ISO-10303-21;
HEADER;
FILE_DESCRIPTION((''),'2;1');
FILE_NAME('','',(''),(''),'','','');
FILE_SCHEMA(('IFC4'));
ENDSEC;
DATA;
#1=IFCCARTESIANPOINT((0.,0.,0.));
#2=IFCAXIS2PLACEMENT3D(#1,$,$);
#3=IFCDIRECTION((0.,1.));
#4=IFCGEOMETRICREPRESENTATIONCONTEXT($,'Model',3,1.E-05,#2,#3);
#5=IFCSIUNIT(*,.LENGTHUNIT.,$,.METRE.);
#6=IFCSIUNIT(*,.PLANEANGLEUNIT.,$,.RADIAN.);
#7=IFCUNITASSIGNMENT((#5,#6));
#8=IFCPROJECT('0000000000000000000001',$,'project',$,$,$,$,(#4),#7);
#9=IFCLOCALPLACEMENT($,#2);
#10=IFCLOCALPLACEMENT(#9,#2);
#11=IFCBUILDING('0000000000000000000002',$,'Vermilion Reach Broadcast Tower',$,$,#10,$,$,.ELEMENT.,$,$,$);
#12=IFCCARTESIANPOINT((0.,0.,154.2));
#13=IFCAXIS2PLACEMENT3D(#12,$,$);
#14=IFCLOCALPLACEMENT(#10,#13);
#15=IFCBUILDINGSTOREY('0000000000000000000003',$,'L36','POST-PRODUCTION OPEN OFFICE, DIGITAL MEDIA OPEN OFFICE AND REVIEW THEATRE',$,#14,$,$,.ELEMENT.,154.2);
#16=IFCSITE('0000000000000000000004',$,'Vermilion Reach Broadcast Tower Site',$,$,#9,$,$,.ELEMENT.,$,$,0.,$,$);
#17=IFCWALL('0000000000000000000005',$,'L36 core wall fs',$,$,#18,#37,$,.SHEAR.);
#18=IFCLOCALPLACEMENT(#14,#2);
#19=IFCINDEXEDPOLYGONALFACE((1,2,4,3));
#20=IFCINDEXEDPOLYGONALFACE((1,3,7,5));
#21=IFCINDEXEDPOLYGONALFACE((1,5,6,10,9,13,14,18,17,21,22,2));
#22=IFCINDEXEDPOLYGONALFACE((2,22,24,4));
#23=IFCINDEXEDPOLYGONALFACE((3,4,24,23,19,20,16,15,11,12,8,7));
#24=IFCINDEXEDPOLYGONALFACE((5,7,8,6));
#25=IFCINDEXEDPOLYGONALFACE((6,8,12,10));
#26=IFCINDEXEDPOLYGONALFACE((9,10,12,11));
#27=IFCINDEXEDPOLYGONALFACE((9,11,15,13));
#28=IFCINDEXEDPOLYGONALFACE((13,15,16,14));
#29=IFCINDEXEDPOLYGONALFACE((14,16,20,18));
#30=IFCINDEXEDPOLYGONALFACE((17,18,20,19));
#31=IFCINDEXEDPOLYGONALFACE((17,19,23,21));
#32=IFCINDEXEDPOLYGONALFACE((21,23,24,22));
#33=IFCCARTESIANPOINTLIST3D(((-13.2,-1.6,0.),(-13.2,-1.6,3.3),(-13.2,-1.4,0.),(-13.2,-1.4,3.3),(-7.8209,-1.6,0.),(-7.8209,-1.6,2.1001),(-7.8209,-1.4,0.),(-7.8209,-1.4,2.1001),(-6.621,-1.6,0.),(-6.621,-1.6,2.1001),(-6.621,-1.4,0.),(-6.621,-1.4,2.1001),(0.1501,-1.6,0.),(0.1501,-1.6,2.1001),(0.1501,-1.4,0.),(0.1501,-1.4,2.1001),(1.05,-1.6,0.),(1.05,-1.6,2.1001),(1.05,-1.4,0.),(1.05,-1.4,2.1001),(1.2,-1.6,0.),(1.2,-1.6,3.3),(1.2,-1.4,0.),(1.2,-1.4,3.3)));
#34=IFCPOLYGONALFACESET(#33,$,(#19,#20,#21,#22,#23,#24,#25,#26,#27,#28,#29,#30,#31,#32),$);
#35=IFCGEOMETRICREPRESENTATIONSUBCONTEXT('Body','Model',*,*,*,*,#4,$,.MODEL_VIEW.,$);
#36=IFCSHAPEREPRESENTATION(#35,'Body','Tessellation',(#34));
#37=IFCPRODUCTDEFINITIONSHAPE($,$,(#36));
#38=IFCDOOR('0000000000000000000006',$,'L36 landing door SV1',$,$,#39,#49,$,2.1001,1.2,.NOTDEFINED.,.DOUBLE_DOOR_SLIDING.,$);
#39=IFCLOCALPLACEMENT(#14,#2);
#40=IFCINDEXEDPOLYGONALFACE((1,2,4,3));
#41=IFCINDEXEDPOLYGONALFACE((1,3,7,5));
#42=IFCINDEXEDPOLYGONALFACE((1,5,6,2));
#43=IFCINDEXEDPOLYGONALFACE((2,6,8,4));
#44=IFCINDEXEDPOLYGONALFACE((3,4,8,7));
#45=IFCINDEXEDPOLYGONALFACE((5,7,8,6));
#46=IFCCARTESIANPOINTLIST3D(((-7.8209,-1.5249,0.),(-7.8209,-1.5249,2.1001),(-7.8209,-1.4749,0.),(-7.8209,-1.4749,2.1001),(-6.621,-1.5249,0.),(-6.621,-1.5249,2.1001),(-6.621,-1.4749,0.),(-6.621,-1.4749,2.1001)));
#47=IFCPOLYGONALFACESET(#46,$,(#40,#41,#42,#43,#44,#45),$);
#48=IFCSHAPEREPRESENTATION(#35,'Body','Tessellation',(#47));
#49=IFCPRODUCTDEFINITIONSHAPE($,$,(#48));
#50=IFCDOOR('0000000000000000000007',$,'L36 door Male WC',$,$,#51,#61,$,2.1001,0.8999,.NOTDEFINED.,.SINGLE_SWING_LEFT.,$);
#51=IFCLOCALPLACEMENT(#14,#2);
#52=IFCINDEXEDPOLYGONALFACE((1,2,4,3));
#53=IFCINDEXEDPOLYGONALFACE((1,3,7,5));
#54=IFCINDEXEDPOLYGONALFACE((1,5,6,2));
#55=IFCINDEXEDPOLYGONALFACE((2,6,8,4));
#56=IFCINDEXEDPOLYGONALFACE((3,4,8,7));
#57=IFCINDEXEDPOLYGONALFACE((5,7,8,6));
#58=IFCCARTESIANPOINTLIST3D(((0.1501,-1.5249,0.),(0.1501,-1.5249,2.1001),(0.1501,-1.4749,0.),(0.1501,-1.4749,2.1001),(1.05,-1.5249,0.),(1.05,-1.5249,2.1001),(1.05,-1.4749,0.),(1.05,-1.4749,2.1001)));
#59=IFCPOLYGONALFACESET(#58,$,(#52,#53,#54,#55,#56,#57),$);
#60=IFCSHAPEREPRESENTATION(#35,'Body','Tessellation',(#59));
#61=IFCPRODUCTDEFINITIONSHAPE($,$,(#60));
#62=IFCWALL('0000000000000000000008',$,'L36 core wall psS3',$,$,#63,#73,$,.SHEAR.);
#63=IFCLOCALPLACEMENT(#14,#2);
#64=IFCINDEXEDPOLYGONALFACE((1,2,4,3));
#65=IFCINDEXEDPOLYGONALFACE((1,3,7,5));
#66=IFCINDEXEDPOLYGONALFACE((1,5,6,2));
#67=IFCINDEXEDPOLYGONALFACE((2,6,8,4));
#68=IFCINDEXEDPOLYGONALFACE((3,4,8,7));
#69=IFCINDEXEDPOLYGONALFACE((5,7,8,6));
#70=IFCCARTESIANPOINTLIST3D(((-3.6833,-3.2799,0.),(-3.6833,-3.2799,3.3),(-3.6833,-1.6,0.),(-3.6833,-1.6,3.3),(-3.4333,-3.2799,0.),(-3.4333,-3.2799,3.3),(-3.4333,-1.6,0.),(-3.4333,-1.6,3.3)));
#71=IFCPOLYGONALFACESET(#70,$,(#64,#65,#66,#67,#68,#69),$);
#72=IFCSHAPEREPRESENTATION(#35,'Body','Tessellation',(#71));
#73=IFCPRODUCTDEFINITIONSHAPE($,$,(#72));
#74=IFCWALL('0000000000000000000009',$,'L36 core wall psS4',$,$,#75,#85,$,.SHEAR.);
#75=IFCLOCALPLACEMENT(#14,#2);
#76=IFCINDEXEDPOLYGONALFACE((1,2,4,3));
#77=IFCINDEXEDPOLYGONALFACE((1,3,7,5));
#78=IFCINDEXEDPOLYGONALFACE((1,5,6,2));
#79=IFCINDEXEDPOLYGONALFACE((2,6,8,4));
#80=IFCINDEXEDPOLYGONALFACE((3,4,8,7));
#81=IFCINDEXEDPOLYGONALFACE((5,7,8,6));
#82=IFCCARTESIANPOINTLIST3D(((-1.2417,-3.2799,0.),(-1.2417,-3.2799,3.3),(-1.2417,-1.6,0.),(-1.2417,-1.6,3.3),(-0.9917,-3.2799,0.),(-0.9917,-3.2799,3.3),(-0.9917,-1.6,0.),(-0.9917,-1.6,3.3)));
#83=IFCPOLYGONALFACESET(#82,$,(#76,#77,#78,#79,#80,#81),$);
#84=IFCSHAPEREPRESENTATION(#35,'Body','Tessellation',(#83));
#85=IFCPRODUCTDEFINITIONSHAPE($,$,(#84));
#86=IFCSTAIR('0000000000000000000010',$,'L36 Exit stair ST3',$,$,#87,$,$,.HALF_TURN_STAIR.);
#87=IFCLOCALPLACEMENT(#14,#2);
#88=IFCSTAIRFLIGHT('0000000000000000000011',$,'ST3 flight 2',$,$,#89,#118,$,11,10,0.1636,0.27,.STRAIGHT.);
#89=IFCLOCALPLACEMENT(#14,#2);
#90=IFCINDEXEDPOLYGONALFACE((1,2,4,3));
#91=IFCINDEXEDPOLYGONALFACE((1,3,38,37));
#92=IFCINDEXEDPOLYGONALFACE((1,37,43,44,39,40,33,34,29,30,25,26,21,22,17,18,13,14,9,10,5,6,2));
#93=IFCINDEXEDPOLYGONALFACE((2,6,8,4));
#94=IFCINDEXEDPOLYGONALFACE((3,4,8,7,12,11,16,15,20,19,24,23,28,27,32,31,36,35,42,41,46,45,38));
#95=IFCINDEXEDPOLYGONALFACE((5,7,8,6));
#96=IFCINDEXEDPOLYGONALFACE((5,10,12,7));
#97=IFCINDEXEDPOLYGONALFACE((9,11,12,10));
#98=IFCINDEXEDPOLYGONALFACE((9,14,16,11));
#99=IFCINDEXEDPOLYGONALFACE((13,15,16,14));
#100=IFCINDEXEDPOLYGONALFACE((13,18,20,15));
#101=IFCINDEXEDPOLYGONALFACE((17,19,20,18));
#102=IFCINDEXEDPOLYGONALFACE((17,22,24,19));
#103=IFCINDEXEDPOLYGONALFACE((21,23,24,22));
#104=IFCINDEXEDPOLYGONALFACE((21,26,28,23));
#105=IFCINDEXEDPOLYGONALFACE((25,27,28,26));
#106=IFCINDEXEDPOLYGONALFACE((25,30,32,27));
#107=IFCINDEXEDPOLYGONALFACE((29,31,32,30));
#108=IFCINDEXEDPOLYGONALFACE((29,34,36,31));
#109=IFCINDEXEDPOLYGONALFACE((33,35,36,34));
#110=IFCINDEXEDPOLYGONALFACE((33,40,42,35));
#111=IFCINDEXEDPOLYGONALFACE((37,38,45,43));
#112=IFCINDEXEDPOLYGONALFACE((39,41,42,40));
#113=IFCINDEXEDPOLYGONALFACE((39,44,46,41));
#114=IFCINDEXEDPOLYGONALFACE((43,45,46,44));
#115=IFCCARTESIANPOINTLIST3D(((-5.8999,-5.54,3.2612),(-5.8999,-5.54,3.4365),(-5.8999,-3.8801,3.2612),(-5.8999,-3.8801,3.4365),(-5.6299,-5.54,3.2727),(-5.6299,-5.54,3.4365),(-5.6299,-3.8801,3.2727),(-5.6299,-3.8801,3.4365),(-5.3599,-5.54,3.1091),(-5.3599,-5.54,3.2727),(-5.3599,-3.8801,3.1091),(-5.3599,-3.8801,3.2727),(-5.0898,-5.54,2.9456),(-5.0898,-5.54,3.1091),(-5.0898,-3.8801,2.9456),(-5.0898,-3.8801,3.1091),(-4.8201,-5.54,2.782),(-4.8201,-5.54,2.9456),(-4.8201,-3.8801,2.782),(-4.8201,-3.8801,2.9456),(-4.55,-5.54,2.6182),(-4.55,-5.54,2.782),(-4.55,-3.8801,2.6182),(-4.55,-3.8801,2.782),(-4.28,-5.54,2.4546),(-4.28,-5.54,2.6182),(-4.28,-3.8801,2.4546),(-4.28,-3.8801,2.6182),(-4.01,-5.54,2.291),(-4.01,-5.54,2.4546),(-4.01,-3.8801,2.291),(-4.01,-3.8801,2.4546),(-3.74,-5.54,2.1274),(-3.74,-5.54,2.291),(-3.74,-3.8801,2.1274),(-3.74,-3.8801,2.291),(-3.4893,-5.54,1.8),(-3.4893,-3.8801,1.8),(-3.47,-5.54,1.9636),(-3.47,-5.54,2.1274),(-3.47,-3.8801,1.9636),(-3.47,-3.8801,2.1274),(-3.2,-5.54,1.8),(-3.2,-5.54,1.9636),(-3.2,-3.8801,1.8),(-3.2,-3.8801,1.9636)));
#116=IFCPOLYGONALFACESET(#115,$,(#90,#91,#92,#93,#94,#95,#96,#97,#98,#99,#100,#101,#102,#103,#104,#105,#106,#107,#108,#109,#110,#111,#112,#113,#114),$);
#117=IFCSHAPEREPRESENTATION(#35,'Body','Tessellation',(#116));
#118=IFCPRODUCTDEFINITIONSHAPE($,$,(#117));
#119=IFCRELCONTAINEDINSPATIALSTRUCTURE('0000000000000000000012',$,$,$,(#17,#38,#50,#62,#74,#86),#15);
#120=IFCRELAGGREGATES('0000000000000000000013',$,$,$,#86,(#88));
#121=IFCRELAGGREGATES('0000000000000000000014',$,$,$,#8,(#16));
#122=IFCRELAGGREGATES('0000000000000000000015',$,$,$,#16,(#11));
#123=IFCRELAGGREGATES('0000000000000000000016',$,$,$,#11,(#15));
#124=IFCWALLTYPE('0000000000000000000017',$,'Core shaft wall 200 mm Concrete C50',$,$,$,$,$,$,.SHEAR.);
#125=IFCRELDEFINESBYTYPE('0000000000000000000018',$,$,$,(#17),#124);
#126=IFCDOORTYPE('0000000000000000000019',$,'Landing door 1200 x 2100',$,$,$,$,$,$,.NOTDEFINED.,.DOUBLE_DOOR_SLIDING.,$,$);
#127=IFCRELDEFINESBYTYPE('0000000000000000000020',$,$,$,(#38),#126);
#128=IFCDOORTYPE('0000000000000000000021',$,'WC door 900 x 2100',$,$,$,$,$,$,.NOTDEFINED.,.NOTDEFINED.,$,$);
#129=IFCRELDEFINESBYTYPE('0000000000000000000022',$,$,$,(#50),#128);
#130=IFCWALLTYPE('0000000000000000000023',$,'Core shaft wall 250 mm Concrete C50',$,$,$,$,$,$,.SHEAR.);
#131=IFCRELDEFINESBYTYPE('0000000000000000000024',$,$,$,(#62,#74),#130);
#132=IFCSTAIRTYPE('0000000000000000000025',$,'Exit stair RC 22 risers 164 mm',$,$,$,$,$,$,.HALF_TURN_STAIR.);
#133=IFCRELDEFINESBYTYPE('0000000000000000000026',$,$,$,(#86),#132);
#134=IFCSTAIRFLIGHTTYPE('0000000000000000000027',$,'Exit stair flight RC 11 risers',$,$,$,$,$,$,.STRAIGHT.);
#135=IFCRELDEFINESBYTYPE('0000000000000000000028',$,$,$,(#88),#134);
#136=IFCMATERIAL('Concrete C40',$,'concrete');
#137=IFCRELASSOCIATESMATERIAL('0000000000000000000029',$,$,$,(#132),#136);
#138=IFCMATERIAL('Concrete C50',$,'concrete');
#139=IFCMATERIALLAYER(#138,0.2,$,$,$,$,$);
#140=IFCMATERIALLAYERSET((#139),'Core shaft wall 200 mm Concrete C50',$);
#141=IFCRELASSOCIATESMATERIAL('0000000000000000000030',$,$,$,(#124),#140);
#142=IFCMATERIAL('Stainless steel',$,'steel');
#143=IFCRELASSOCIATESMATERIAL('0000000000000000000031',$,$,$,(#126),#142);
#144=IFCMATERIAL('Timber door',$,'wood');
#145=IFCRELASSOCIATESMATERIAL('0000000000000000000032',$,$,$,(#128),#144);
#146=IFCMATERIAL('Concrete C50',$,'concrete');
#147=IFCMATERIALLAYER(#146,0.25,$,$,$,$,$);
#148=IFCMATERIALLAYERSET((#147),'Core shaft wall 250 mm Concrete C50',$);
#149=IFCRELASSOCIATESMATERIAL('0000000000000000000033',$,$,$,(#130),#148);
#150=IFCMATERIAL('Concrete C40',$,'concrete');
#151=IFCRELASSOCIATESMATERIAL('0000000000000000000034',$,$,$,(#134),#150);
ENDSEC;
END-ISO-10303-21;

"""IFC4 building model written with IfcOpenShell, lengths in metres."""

from ifc_helpers import new_model, si_unit, direction, frame, frame_2d, origin, place, context, subcontext, project, spatial, polyline, rectangle, outline, extrude, material, layer, layer_set, type_object, element, fill, aggregate, save


model = new_model("IFC4")

# Units and contexts
model_context = context("Model", 3, precision=1e-05, world=origin(), true_north=direction((0.0, 1.0)))
body_context = subcontext(model_context, "Body", "Model", "MODEL_VIEW")
ifc_project = project(units=[si_unit("LENGTHUNIT", "METRE"), si_unit("PLANEANGLEUNIT", "RADIAN")], contexts=[model_context])

# Site, building, storey
site_placement = place(None, origin())
site = spatial("IfcSite", under=ifc_project, at=site_placement, Name="Vermilion Reach Broadcast Tower Site", CompositionType="ELEMENT", RefElevation=0.0)
building_placement = place(site_placement, origin())
building = spatial("IfcBuilding", under=site, at=building_placement, Name="Vermilion Reach Broadcast Tower", CompositionType="ELEMENT")
storey_placement = place(building_placement, frame((0.0, 0.0, 154.2)))
storey = spatial("IfcBuildingStorey", under=building, at=storey_placement, Name="L36", Description="POST-PRODUCTION OPEN OFFICE, DIGITAL MEDIA OPEN OFFICE AND REVIEW THEATRE", CompositionType="ELEMENT", Elevation=154.2)

# Shared definitions
ifc_material_1 = material(Name="Concrete C40", Category="concrete")
stair_type = type_object("IfcStairType", Name="Exit stair RC 22 risers 164 mm", PredefinedType="HALF_TURN_STAIR", material=ifc_material_1)
placement_1 = place(storey_placement, origin())

# Wall, openings, doors
ifc_material_2 = material(Name="Concrete C50", Category="concrete")
ifc_layer_1 = layer(ifc_material_2, 0.2)
ifc_layer_set_1 = layer_set([ifc_layer_1], Name="Core shaft wall 200 mm Concrete C50")
wall_type_1 = type_object("IfcWallType", Name="Core shaft wall 200 mm Concrete C50", PredefinedType="SHEAR", material=ifc_layer_set_1)
wall_1_placement = place(storey_placement, frame((1.2, -1.5, 0.0), z_axis=(0.0, 0.0, 1.0), x_axis=(-1.0, 0.0, 0.0)))
wall_1 = element("IfcWall", 1, at=wall_1_placement, inside=storey, type_object=wall_type_1, Name="L36 core wall fs", PredefinedType="SHEAR", context=body_context, shape_type="SweptSolid", body=[
    extrude(rectangle(XDim=14.3999, YDim=0.2, at=frame_2d((7.2, 0.0))), origin(), (0.0, 0.0, 1.0), 3.3),
])
opening_1_placement = place(wall_1_placement, frame((7.8208, 0.0, 0.0)))
opening_1 = element("IfcOpeningElement", 2, at=opening_1_placement, cuts=wall_1, PredefinedType="OPENING", context=body_context, shape_type="SweptSolid", body=[
    extrude(rectangle(XDim=1.2, YDim=2.1001, at=frame_2d((0.6001, 1.05))), frame((0.0, 0.1099, 0.0), z_axis=(0.0, -1.0, 0.0), x_axis=(1.0, 0.0, 0.0)), (0.0, 0.0, 1.0), 0.22),
])
opening_2_placement = place(wall_1_placement, frame((0.1499, 0.0, 0.0)))
opening_2 = element("IfcOpeningElement", 3, at=opening_2_placement, cuts=wall_1, PredefinedType="OPENING", context=body_context, shape_type="SweptSolid", body=[
    extrude(rectangle(XDim=0.8999, YDim=2.1001, at=frame_2d((0.45, 1.05))), frame((0.0, 0.1099, 0.0), z_axis=(0.0, -1.0, 0.0), x_axis=(1.0, 0.0, 0.0)), (0.0, 0.0, 1.0), 0.22),
])
ifc_material_3 = material(Name="Stainless steel", Category="steel")
door_type_1 = type_object("IfcDoorType", Name="Landing door 1200 x 2100", OperationType="DOUBLE_DOOR_SLIDING", PredefinedType="NOTDEFINED", material=ifc_material_3)
door_1_placement = place(opening_1_placement, origin())
door_1 = element("IfcDoor", 4, at=door_1_placement, inside=storey, type_object=door_type_1, Name="L36 landing door SV1", OperationType="DOUBLE_DOOR_SLIDING", OverallHeight=2.1001, OverallWidth=1.2, PredefinedType="NOTDEFINED", context=body_context, shape_type="SweptSolid", body=[
    extrude(rectangle(XDim=1.2, YDim=2.1001, at=frame_2d((0.6001, 1.05))), frame((0.0, 0.0249, 0.0), z_axis=(0.0, -1.0, 0.0), x_axis=(1.0, 0.0, 0.0)), (0.0, 0.0, 1.0), 0.05),
])
fill(opening_1, door_1)
ifc_material_4 = material(Name="Timber door", Category="wood")
door_type_2 = type_object("IfcDoorType", Name="WC door 900 x 2100", OperationType="NOTDEFINED", PredefinedType="NOTDEFINED", material=ifc_material_4)
door_2_placement = place(opening_2_placement, origin())
door_2 = element("IfcDoor", 5, at=door_2_placement, inside=storey, type_object=door_type_2, Name="L36 door Male WC", OperationType="SINGLE_SWING_LEFT", OverallHeight=2.1001, OverallWidth=0.8999, PredefinedType="NOTDEFINED", context=body_context, shape_type="SweptSolid", body=[
    extrude(rectangle(XDim=0.8999, YDim=2.1001, at=frame_2d((0.45, 1.05))), frame((0.0, 0.0249, 0.0), z_axis=(0.0, -1.0, 0.0), x_axis=(1.0, 0.0, 0.0)), (0.0, 0.0, 1.0), 0.05),
])
fill(opening_2, door_2)

# Walls
ifc_material_5 = material(Name="Concrete C50", Category="concrete")
ifc_layer_2 = layer(ifc_material_5, 0.25)
ifc_layer_set_2 = layer_set([ifc_layer_2], Name="Core shaft wall 250 mm Concrete C50")
wall_type_2 = type_object("IfcWallType", Name="Core shaft wall 250 mm Concrete C50", PredefinedType="SHEAR", material=ifc_layer_set_2)
for number, where, z_axis, x_axis, name in (
    (6, (-3.5583, -1.6001, 0.0), (0.0, 0.0, 1.0), (0.0, -1.0, 0.0), "L36 core wall psS3"),
    (7, (-1.1167, -1.6001, 0.0), (0.0, 0.0, 1.0), (0.0, -1.0, 0.0), "L36 core wall psS4"),
):
    element("IfcWall", number, at=place(storey_placement, frame(where, z_axis=z_axis, x_axis=x_axis)), inside=storey, type_object=wall_type_2, Name=name, PredefinedType="SHEAR", context=body_context, shape_type="SweptSolid", body=[
        extrude(rectangle(XDim=1.6799, YDim=0.25, at=frame_2d((0.8398, 0.0))), origin(), (0.0, 0.0, 1.0), 3.3),
    ])

# Stair, stair flight
stair_1 = element("IfcStair", 8, at=placement_1, inside=storey, type_object=stair_type, Name="L36 Exit stair ST3", PredefinedType="HALF_TURN_STAIR")
ifc_material_6 = material(Name="Concrete C40", Category="concrete")
stair_flight_type = type_object("IfcStairFlightType", Name="Exit stair flight RC 11 risers", PredefinedType="STRAIGHT", material=ifc_material_6)
stair_flight_placement = place(storey_placement, frame((-3.2, -4.71, 1.8), z_axis=(0.0, 0.0, 1.0), x_axis=(-1.0, 0.0, 0.0)))
stair_flight = element("IfcStairFlight", 9, at=stair_flight_placement, type_object=stair_flight_type, Name="ST3 flight 2", NumberOfRisers=11, NumberOfTreads=10, PredefinedType="STRAIGHT", RiserHeight=0.1636, TreadLength=0.27, context=body_context, shape_type="SweptSolid", body=[
    extrude(outline(polyline([(0.0, 0.0), (0.0, 0.1636), (0.27, 0.1636), (0.27, 0.3274), (0.54, 0.3274), (0.54, 0.491), (0.8101, 0.491), (0.8101, 0.6545), (1.0801, 0.6545), (1.0801, 0.8181), (1.3501, 0.8181), (1.3501, 0.9819), (1.6201, 0.9819), (1.6201, 1.1455), (1.8899, 1.1455), (1.8899, 1.3091), (2.1599, 1.3091), (2.1599, 1.4727), (2.4299, 1.4727), (2.4299, 1.6365), (2.7, 1.6365), (2.7, 1.8), (2.7, 1.4612), (0.2893, 0.0), (0.0, 0.0)])), frame((0.0, 0.8301, 0.0), z_axis=(0.0, -1.0, 0.0), x_axis=(1.0, 0.0, 0.0)), (0.0, 0.0, 1.0), 1.6599),
])
aggregate(stair_1, [stair_flight])

save(model, "model.ifc")
